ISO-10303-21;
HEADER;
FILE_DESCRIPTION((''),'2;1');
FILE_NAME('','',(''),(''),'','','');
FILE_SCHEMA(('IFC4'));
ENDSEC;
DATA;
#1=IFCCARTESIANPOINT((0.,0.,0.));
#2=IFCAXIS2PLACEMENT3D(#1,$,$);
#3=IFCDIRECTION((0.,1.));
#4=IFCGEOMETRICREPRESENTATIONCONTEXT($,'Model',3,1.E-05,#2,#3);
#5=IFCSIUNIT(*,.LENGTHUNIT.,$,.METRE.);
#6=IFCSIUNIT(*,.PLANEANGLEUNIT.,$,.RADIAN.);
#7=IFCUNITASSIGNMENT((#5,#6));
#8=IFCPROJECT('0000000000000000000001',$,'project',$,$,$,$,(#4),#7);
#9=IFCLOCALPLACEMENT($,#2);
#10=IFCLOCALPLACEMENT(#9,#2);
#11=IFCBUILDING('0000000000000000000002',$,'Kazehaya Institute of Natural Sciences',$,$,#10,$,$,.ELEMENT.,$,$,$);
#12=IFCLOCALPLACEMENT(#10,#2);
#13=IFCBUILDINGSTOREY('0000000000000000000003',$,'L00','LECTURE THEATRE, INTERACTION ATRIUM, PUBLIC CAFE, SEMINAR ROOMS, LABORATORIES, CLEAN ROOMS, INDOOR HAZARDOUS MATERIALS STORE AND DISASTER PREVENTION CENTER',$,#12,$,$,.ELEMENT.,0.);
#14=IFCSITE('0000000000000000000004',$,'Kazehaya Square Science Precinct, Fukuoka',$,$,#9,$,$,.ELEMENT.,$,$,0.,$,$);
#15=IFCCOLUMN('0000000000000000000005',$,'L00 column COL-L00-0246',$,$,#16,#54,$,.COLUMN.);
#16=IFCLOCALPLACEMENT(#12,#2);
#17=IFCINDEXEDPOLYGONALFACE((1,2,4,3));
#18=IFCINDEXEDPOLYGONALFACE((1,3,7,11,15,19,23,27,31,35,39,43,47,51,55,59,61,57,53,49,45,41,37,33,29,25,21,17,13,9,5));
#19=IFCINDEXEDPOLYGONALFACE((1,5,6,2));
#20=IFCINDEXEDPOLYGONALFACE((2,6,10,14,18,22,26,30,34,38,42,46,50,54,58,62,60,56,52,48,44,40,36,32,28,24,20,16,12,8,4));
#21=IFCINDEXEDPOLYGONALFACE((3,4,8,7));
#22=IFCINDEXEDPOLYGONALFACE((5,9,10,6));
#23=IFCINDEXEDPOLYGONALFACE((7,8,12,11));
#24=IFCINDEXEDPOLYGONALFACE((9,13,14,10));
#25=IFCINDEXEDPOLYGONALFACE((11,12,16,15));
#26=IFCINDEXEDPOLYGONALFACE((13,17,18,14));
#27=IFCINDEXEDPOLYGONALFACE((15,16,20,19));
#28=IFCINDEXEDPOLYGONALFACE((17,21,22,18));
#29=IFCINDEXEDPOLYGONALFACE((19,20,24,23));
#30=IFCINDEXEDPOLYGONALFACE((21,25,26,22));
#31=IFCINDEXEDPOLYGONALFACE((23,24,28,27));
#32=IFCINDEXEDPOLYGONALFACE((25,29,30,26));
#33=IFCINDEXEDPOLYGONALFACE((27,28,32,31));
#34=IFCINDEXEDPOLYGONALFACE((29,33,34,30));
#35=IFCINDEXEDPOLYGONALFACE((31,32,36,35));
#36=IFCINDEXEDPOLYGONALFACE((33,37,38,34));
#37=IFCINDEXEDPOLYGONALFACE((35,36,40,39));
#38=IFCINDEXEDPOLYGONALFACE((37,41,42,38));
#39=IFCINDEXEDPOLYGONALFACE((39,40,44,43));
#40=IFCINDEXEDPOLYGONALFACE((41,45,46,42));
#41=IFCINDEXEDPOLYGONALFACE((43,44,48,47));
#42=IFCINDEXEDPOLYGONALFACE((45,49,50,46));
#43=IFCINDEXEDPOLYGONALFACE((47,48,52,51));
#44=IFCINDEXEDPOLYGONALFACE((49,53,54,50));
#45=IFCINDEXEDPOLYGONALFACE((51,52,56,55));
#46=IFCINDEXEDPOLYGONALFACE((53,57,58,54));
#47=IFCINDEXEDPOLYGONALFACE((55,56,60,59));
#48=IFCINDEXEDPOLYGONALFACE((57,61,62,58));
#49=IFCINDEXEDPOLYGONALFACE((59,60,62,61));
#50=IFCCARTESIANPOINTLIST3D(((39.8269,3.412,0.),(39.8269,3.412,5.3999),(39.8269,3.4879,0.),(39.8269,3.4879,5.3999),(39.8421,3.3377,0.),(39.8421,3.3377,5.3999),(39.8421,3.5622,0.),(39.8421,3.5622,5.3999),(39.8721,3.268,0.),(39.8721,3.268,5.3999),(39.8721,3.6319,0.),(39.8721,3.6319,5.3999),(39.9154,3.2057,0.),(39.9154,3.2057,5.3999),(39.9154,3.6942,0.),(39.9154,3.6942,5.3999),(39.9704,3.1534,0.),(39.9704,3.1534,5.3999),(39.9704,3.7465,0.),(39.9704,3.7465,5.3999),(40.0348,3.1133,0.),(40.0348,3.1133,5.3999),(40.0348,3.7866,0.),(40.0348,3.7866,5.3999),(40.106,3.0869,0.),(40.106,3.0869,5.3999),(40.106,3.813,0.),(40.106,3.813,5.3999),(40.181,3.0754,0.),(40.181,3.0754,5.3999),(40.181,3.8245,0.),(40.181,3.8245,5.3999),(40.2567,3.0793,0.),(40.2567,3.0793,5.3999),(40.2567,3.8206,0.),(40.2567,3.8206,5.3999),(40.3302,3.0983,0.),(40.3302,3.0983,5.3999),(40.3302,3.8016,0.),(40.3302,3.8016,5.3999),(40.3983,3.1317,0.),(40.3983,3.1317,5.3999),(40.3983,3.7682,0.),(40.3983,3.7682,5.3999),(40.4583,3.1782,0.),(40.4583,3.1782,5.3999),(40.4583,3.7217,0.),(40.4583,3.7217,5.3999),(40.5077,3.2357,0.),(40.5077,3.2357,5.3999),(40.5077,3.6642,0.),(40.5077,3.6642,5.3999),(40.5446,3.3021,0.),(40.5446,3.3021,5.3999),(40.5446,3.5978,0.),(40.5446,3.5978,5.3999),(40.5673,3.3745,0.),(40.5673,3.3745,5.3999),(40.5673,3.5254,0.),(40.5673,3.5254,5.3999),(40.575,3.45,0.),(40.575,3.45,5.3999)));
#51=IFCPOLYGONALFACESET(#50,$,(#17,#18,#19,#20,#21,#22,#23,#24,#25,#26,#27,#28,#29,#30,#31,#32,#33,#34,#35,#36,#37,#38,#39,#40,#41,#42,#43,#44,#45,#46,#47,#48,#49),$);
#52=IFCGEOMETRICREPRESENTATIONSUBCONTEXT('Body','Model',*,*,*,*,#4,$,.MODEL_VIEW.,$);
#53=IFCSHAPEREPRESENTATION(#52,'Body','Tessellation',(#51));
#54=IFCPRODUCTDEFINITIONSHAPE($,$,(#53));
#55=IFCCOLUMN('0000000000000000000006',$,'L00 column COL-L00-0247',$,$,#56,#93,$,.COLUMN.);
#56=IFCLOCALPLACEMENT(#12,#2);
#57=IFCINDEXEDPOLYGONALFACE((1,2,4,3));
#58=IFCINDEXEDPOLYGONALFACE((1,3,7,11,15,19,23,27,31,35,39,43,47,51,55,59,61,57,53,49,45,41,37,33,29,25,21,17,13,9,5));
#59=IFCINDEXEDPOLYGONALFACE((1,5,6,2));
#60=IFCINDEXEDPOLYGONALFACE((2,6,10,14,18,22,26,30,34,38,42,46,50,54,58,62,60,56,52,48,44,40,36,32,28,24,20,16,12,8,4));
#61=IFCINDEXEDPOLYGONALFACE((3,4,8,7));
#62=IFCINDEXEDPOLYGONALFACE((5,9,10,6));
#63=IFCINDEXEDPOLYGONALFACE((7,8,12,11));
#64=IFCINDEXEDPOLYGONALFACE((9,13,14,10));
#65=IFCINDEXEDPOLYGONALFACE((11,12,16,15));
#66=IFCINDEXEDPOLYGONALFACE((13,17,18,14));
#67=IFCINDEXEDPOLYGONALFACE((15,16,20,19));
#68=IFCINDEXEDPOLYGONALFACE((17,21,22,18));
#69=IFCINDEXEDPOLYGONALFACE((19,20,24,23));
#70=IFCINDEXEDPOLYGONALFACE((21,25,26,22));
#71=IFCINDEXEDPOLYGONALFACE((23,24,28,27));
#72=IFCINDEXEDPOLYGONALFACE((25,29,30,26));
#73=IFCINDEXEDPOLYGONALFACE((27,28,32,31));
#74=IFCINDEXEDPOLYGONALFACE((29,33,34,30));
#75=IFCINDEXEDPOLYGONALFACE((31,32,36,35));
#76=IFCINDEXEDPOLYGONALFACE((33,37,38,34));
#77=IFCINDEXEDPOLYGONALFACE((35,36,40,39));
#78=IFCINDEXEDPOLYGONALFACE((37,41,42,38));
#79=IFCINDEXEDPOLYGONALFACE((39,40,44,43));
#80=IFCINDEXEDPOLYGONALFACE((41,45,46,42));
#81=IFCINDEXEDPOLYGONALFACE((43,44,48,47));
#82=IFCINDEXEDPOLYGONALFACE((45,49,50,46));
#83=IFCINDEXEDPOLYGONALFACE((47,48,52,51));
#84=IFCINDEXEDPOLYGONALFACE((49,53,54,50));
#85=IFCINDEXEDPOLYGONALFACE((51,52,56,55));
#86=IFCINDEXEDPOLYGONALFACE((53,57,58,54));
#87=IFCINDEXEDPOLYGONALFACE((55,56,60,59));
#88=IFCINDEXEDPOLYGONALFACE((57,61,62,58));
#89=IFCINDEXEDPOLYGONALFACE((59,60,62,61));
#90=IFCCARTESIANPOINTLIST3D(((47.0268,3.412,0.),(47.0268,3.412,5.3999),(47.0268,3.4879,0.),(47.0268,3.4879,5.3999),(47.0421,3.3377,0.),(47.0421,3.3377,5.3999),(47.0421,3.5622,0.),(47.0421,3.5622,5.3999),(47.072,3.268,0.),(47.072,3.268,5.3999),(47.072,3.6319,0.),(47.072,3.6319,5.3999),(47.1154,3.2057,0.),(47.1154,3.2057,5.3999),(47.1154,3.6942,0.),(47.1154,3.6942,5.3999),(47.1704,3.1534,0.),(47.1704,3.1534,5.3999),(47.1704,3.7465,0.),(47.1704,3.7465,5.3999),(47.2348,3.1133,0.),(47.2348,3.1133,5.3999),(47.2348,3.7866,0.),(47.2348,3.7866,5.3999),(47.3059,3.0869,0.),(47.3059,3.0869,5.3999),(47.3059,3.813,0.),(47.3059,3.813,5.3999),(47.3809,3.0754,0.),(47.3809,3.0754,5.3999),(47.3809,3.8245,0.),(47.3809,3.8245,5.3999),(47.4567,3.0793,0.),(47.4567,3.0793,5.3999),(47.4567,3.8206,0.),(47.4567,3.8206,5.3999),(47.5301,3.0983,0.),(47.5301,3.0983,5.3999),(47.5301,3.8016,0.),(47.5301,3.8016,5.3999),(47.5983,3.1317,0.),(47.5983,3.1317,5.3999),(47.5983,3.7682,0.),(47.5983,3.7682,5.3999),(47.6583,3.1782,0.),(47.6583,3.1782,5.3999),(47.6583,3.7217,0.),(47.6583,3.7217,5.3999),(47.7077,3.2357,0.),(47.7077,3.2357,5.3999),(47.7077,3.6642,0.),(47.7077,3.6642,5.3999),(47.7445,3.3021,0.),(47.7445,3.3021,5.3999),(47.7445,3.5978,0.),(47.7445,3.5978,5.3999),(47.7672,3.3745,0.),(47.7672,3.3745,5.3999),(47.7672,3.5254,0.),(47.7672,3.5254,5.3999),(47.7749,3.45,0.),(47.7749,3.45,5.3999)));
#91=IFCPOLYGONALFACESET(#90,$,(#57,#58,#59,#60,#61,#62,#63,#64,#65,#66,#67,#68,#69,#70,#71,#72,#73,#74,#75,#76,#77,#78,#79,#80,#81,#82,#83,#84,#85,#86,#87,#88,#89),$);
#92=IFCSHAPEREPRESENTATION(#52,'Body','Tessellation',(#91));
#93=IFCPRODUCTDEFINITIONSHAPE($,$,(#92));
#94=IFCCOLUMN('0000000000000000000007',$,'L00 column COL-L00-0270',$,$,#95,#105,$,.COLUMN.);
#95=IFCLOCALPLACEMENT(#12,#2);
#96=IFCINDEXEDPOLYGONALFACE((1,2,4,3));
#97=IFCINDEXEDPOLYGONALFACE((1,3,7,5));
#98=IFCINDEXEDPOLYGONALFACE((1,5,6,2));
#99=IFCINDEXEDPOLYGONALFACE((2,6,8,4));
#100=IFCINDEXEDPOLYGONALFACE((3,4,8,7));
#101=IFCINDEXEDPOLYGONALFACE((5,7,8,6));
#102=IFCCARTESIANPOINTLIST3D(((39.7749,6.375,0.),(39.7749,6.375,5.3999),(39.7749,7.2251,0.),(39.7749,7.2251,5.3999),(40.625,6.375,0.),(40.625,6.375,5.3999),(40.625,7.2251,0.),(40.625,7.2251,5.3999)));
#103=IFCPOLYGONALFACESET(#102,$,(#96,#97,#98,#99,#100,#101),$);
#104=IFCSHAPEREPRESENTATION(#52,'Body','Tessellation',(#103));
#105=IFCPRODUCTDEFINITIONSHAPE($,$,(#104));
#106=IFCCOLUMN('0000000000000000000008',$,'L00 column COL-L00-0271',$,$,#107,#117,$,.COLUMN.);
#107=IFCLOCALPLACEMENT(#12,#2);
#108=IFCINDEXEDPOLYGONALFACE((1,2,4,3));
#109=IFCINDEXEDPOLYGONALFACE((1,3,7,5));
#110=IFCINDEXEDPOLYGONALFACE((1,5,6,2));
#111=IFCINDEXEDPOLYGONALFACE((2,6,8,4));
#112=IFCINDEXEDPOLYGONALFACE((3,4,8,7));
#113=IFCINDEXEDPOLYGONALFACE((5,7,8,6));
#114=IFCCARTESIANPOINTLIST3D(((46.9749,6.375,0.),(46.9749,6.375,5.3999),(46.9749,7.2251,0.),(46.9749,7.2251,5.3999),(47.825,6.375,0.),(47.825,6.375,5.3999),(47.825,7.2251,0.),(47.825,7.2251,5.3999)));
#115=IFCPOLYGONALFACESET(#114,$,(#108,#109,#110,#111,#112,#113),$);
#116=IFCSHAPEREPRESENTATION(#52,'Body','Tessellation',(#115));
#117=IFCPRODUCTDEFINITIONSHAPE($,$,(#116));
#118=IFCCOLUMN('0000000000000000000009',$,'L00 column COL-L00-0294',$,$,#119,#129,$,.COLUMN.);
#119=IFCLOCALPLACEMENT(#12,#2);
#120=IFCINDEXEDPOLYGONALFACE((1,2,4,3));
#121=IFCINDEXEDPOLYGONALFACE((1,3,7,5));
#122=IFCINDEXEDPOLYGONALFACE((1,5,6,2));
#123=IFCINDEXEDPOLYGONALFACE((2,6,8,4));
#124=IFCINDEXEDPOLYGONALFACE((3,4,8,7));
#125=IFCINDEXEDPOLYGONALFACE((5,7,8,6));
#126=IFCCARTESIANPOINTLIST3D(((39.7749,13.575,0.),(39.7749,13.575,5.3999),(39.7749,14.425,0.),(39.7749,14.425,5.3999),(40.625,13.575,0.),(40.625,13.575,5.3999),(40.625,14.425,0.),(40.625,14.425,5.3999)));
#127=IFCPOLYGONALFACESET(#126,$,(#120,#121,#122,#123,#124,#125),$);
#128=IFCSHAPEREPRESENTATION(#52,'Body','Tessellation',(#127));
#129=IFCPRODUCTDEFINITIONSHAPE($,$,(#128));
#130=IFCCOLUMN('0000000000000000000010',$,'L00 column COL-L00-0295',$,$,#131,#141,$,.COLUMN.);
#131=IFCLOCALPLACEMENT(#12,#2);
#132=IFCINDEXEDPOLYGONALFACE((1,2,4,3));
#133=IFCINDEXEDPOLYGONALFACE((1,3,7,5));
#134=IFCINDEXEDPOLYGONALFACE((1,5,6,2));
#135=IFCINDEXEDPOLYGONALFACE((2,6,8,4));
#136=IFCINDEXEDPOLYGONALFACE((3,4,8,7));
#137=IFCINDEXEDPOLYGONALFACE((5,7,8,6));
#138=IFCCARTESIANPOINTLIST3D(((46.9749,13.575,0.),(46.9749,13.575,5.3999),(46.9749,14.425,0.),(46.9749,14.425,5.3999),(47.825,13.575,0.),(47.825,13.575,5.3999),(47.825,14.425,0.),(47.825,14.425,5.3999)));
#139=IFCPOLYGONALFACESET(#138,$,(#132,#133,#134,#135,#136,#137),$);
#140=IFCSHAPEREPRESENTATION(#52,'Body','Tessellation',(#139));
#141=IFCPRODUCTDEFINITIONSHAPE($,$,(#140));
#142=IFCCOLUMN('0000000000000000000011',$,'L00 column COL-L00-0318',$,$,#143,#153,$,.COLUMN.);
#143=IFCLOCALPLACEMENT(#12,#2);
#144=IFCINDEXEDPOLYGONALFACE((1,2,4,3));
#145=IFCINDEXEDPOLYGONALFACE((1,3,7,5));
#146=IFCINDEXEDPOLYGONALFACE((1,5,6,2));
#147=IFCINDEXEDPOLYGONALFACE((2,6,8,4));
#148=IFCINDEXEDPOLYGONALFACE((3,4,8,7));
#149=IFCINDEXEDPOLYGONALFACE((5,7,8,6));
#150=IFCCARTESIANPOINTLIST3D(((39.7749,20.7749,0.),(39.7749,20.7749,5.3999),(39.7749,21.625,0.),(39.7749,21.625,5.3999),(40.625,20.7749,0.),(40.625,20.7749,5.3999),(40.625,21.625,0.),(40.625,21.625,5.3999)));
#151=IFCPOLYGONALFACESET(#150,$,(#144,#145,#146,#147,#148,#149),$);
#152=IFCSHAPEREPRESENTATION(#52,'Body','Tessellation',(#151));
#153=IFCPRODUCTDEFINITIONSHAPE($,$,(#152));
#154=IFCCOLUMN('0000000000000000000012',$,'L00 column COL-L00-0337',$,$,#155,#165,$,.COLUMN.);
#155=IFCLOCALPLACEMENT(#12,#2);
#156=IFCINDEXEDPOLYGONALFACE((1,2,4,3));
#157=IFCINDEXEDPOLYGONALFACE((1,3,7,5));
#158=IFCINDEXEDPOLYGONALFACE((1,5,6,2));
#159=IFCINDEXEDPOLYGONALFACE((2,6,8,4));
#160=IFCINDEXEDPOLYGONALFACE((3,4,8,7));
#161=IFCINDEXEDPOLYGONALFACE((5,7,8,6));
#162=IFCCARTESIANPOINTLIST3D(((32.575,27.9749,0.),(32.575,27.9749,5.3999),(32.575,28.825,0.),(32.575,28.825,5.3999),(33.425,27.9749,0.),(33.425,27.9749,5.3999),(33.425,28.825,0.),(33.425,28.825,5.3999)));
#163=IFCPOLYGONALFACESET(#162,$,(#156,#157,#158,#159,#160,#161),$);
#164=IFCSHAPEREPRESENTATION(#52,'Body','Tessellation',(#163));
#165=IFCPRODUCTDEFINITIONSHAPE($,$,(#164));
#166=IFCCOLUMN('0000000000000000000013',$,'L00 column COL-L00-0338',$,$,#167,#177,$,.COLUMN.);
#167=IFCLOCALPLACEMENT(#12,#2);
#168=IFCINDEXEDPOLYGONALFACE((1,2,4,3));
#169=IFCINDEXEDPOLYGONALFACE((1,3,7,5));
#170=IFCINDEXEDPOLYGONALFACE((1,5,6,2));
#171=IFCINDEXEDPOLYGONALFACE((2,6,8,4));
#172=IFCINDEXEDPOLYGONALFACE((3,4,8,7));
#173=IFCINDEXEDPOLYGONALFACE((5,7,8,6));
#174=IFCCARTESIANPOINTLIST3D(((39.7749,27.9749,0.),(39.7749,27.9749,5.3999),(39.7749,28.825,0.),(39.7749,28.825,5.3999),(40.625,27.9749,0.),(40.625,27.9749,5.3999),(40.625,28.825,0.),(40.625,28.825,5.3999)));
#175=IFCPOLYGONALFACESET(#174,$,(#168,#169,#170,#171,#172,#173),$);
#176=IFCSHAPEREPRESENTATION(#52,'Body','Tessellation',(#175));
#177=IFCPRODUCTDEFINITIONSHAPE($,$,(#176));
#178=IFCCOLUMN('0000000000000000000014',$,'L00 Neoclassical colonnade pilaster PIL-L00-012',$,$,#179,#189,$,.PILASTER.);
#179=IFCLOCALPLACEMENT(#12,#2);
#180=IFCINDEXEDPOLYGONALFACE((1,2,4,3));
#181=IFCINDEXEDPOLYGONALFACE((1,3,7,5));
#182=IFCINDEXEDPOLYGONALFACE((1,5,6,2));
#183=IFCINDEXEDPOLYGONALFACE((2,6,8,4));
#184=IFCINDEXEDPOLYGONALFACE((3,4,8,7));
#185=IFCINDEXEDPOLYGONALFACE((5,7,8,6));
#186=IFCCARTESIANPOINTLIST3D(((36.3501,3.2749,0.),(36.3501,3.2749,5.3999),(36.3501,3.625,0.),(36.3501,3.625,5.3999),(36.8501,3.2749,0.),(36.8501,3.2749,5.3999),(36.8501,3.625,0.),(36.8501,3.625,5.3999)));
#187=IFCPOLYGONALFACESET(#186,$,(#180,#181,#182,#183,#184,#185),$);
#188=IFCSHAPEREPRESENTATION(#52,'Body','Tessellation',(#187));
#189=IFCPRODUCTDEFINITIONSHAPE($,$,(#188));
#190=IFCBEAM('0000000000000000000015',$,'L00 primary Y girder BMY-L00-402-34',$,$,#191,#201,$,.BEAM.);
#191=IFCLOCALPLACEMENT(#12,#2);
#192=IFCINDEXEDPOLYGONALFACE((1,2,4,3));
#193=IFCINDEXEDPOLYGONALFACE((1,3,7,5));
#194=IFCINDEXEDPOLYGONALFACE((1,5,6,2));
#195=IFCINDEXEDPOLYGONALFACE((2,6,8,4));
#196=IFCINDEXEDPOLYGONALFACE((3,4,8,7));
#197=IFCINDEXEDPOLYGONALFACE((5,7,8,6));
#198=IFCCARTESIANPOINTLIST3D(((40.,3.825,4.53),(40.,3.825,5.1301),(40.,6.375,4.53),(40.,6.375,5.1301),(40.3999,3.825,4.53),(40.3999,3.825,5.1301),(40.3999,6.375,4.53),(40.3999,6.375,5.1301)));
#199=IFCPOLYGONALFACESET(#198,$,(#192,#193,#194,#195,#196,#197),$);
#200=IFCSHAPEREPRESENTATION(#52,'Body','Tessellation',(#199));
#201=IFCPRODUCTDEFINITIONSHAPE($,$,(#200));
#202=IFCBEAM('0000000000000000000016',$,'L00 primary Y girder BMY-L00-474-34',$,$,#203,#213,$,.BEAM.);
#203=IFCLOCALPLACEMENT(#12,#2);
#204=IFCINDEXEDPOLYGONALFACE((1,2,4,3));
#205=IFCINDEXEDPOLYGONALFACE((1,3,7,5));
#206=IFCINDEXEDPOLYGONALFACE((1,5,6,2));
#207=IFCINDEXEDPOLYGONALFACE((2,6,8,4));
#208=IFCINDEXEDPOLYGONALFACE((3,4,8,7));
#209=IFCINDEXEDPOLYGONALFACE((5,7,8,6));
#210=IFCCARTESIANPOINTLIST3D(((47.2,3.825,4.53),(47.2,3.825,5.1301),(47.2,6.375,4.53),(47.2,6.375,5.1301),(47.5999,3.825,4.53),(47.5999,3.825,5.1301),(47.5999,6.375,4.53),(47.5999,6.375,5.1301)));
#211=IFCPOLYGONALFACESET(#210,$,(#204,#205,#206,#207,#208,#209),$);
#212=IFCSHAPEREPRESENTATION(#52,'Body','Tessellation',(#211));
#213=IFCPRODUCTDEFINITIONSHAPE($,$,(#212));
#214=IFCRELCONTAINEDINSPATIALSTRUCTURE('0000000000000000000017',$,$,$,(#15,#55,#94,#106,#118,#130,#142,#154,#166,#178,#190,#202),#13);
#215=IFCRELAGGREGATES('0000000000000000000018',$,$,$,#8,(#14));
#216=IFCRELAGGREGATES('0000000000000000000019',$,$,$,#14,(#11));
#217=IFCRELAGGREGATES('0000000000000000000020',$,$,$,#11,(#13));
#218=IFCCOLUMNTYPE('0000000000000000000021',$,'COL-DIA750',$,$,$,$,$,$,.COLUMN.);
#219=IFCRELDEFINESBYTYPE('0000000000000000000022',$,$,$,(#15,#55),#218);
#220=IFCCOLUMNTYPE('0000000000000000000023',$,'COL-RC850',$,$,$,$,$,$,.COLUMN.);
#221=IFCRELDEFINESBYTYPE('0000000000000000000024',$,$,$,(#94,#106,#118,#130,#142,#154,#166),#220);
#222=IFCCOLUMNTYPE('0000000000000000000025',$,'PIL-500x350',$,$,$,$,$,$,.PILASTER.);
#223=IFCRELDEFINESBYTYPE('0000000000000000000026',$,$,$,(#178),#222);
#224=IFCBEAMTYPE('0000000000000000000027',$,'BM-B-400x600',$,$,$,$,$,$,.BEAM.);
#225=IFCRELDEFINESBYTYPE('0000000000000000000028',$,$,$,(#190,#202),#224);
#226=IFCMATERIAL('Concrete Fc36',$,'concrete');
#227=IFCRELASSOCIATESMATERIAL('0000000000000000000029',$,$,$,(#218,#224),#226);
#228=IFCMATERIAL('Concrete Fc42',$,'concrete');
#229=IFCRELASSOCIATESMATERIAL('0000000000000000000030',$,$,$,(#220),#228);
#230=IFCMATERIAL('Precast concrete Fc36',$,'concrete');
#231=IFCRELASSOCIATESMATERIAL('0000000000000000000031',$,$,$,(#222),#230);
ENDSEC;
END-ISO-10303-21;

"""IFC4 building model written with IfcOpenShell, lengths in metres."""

from ifc_helpers import new_model, si_unit, direction, frame, origin, origin_2d, place, context, subcontext, project, spatial, rectangle, circle, extrude, material, material_profile, profile_set, type_object, element, save


model = new_model("IFC4")

# Units and contexts
model_context = context("Model", 3, precision=1e-05, world=origin(), true_north=direction((0.0, 1.0)))
body_context = subcontext(model_context, "Body", "Model", "MODEL_VIEW")
ifc_project = project(units=[si_unit("LENGTHUNIT", "METRE"), si_unit("PLANEANGLEUNIT", "RADIAN")], contexts=[model_context])

# Site, building, storey
site_placement = place(None, origin())
site = spatial("IfcSite", under=ifc_project, at=site_placement, Name="Kazehaya Square Science Precinct, Fukuoka", CompositionType="ELEMENT", RefElevation=0.0)
building_placement = place(site_placement, origin())
building = spatial("IfcBuilding", under=site, at=building_placement, Name="Kazehaya Institute of Natural Sciences", CompositionType="ELEMENT")
storey_placement = place(building_placement, origin())
storey = spatial("IfcBuildingStorey", under=building, at=storey_placement, Name="L00", Description="LECTURE THEATRE, INTERACTION ATRIUM, PUBLIC CAFE, SEMINAR ROOMS, LABORATORIES, CLEAN ROOMS, INDOOR HAZARDOUS MATERIALS STORE AND DISASTER PREVENTION CENTER", CompositionType="ELEMENT", Elevation=0.0)

# Columns
ifc_material_1 = material(Name="Concrete Fc36", Category="concrete")
ifc_material_profile_1 = material_profile(ifc_material_1, circle(Radius=0.375, at=origin_2d()), Name="RC-DIA750")
ifc_profile_set_1 = profile_set([ifc_material_profile_1], Name="Concrete Fc36")
column_type_1 = type_object("IfcColumnType", Name="COL-DIA750", PredefinedType="COLUMN", material=ifc_profile_set_1)
for number, where, z_axis, x_axis, name in (
    (1, (40.2, 3.45, 0.0), (0.0, 0.0, 1.0), (1.0, 0.0, 0.0), "L00 column COL-L00-0246"),
    (2, (47.3999, 3.45, 0.0), (0.0, 0.0, 1.0), (1.0, 0.0, 0.0), "L00 column COL-L00-0247"),
):
    element("IfcColumn", number, at=place(storey_placement, frame(where, z_axis=z_axis, x_axis=x_axis)), inside=storey, type_object=column_type_1, Name=name, PredefinedType="COLUMN", context=body_context, shape_type="SweptSolid", body=[
        extrude(circle(Radius=0.375, at=origin_2d()), origin(), (0.0, 0.0, 1.0), 5.3999),
    ])
ifc_material_2 = material(Name="Concrete Fc42", Category="concrete")
ifc_material_profile_2 = material_profile(ifc_material_2, rectangle(XDim=0.8501, YDim=0.8501, at=origin_2d()), Name="RC-850x850")
ifc_profile_set_2 = profile_set([ifc_material_profile_2], Name="Concrete Fc42")
column_type_2 = type_object("IfcColumnType", Name="COL-RC850", PredefinedType="COLUMN", material=ifc_profile_set_2)
for number, where, z_axis, x_axis, name in (
    (3, (40.2, 6.8, 0.0), (0.0, 0.0, 1.0), (1.0, 0.0, 0.0), "L00 column COL-L00-0270"),
    (4, (47.3999, 6.8, 0.0), (0.0, 0.0, 1.0), (1.0, 0.0, 0.0), "L00 column COL-L00-0271"),
    (5, (40.2, 14.0, 0.0), (0.0, 0.0, 1.0), (1.0, 0.0, 0.0), "L00 column COL-L00-0294"),
    (6, (47.3999, 14.0, 0.0), (0.0, 0.0, 1.0), (1.0, 0.0, 0.0), "L00 column COL-L00-0295"),
    (7, (40.2, 21.2, 0.0), (0.0, 0.0, 1.0), (1.0, 0.0, 0.0), "L00 column COL-L00-0318"),
    (8, (33.0, 28.3999, 0.0), (0.0, 0.0, 1.0), (1.0, 0.0, 0.0), "L00 column COL-L00-0337"),
    (9, (40.2, 28.3999, 0.0), (0.0, 0.0, 1.0), (1.0, 0.0, 0.0), "L00 column COL-L00-0338"),
):
    element("IfcColumn", number, at=place(storey_placement, frame(where, z_axis=z_axis, x_axis=x_axis)), inside=storey, type_object=column_type_2, Name=name, PredefinedType="COLUMN", context=body_context, shape_type="SweptSolid", body=[
        extrude(rectangle(XDim=0.8501, YDim=0.8501, at=origin_2d()), origin(), (0.0, 0.0, 1.0), 5.3999),
    ])
ifc_material_3 = material(Name="Precast concrete Fc36", Category="concrete")
ifc_material_profile_3 = material_profile(ifc_material_3, rectangle(XDim=0.5, YDim=0.3501, at=origin_2d()), Name="RC-PIL-500x350")
ifc_profile_set_3 = profile_set([ifc_material_profile_3], Name="Precast concrete Fc36")
column_type_3 = type_object("IfcColumnType", Name="PIL-500x350", PredefinedType="PILASTER", material=ifc_profile_set_3)
column_placement = place(storey_placement, frame((36.6001, 3.45, 0.0), z_axis=(0.0, 0.0, 1.0), x_axis=(1.0, 0.0, 0.0)))
element("IfcColumn", 10, at=column_placement, inside=storey, type_object=column_type_3, Name="L00 Neoclassical colonnade pilaster PIL-L00-012", PredefinedType="PILASTER", context=body_context, shape_type="SweptSolid", body=[
    extrude(rectangle(XDim=0.5, YDim=0.3501, at=origin_2d()), origin(), (0.0, 0.0, 1.0), 5.3999),
])

# Beams
ifc_material_profile_4 = material_profile(ifc_material_1, rectangle(XDim=0.3999, YDim=0.6001, at=origin_2d()), Name="RC-400x600")
ifc_profile_set_4 = profile_set([ifc_material_profile_4], Name="Concrete Fc36")
beam_type_1 = type_object("IfcBeamType", Name="BM-B-400x600", PredefinedType="BEAM", material=ifc_profile_set_4)
for number, where, z_axis, x_axis, name in (
    (11, (40.2, 3.825, 4.8301), (0.0, 1.0, 0.0), (-1.0, 0.0, 0.0), "L00 primary Y girder BMY-L00-402-34"),
    (12, (47.3999, 3.825, 4.8301), (0.0, 1.0, 0.0), (-1.0, 0.0, 0.0), "L00 primary Y girder BMY-L00-474-34"),
):
    element("IfcBeam", number, at=place(storey_placement, frame(where, z_axis=z_axis, x_axis=x_axis)), inside=storey, type_object=beam_type_1, Name=name, PredefinedType="BEAM", context=body_context, shape_type="SweptSolid", body=[
        extrude(rectangle(XDim=0.3999, YDim=0.6001, at=origin_2d()), origin(), (0.0, 0.0, 1.0), 2.55),
    ])

save(model, "model.ifc")
